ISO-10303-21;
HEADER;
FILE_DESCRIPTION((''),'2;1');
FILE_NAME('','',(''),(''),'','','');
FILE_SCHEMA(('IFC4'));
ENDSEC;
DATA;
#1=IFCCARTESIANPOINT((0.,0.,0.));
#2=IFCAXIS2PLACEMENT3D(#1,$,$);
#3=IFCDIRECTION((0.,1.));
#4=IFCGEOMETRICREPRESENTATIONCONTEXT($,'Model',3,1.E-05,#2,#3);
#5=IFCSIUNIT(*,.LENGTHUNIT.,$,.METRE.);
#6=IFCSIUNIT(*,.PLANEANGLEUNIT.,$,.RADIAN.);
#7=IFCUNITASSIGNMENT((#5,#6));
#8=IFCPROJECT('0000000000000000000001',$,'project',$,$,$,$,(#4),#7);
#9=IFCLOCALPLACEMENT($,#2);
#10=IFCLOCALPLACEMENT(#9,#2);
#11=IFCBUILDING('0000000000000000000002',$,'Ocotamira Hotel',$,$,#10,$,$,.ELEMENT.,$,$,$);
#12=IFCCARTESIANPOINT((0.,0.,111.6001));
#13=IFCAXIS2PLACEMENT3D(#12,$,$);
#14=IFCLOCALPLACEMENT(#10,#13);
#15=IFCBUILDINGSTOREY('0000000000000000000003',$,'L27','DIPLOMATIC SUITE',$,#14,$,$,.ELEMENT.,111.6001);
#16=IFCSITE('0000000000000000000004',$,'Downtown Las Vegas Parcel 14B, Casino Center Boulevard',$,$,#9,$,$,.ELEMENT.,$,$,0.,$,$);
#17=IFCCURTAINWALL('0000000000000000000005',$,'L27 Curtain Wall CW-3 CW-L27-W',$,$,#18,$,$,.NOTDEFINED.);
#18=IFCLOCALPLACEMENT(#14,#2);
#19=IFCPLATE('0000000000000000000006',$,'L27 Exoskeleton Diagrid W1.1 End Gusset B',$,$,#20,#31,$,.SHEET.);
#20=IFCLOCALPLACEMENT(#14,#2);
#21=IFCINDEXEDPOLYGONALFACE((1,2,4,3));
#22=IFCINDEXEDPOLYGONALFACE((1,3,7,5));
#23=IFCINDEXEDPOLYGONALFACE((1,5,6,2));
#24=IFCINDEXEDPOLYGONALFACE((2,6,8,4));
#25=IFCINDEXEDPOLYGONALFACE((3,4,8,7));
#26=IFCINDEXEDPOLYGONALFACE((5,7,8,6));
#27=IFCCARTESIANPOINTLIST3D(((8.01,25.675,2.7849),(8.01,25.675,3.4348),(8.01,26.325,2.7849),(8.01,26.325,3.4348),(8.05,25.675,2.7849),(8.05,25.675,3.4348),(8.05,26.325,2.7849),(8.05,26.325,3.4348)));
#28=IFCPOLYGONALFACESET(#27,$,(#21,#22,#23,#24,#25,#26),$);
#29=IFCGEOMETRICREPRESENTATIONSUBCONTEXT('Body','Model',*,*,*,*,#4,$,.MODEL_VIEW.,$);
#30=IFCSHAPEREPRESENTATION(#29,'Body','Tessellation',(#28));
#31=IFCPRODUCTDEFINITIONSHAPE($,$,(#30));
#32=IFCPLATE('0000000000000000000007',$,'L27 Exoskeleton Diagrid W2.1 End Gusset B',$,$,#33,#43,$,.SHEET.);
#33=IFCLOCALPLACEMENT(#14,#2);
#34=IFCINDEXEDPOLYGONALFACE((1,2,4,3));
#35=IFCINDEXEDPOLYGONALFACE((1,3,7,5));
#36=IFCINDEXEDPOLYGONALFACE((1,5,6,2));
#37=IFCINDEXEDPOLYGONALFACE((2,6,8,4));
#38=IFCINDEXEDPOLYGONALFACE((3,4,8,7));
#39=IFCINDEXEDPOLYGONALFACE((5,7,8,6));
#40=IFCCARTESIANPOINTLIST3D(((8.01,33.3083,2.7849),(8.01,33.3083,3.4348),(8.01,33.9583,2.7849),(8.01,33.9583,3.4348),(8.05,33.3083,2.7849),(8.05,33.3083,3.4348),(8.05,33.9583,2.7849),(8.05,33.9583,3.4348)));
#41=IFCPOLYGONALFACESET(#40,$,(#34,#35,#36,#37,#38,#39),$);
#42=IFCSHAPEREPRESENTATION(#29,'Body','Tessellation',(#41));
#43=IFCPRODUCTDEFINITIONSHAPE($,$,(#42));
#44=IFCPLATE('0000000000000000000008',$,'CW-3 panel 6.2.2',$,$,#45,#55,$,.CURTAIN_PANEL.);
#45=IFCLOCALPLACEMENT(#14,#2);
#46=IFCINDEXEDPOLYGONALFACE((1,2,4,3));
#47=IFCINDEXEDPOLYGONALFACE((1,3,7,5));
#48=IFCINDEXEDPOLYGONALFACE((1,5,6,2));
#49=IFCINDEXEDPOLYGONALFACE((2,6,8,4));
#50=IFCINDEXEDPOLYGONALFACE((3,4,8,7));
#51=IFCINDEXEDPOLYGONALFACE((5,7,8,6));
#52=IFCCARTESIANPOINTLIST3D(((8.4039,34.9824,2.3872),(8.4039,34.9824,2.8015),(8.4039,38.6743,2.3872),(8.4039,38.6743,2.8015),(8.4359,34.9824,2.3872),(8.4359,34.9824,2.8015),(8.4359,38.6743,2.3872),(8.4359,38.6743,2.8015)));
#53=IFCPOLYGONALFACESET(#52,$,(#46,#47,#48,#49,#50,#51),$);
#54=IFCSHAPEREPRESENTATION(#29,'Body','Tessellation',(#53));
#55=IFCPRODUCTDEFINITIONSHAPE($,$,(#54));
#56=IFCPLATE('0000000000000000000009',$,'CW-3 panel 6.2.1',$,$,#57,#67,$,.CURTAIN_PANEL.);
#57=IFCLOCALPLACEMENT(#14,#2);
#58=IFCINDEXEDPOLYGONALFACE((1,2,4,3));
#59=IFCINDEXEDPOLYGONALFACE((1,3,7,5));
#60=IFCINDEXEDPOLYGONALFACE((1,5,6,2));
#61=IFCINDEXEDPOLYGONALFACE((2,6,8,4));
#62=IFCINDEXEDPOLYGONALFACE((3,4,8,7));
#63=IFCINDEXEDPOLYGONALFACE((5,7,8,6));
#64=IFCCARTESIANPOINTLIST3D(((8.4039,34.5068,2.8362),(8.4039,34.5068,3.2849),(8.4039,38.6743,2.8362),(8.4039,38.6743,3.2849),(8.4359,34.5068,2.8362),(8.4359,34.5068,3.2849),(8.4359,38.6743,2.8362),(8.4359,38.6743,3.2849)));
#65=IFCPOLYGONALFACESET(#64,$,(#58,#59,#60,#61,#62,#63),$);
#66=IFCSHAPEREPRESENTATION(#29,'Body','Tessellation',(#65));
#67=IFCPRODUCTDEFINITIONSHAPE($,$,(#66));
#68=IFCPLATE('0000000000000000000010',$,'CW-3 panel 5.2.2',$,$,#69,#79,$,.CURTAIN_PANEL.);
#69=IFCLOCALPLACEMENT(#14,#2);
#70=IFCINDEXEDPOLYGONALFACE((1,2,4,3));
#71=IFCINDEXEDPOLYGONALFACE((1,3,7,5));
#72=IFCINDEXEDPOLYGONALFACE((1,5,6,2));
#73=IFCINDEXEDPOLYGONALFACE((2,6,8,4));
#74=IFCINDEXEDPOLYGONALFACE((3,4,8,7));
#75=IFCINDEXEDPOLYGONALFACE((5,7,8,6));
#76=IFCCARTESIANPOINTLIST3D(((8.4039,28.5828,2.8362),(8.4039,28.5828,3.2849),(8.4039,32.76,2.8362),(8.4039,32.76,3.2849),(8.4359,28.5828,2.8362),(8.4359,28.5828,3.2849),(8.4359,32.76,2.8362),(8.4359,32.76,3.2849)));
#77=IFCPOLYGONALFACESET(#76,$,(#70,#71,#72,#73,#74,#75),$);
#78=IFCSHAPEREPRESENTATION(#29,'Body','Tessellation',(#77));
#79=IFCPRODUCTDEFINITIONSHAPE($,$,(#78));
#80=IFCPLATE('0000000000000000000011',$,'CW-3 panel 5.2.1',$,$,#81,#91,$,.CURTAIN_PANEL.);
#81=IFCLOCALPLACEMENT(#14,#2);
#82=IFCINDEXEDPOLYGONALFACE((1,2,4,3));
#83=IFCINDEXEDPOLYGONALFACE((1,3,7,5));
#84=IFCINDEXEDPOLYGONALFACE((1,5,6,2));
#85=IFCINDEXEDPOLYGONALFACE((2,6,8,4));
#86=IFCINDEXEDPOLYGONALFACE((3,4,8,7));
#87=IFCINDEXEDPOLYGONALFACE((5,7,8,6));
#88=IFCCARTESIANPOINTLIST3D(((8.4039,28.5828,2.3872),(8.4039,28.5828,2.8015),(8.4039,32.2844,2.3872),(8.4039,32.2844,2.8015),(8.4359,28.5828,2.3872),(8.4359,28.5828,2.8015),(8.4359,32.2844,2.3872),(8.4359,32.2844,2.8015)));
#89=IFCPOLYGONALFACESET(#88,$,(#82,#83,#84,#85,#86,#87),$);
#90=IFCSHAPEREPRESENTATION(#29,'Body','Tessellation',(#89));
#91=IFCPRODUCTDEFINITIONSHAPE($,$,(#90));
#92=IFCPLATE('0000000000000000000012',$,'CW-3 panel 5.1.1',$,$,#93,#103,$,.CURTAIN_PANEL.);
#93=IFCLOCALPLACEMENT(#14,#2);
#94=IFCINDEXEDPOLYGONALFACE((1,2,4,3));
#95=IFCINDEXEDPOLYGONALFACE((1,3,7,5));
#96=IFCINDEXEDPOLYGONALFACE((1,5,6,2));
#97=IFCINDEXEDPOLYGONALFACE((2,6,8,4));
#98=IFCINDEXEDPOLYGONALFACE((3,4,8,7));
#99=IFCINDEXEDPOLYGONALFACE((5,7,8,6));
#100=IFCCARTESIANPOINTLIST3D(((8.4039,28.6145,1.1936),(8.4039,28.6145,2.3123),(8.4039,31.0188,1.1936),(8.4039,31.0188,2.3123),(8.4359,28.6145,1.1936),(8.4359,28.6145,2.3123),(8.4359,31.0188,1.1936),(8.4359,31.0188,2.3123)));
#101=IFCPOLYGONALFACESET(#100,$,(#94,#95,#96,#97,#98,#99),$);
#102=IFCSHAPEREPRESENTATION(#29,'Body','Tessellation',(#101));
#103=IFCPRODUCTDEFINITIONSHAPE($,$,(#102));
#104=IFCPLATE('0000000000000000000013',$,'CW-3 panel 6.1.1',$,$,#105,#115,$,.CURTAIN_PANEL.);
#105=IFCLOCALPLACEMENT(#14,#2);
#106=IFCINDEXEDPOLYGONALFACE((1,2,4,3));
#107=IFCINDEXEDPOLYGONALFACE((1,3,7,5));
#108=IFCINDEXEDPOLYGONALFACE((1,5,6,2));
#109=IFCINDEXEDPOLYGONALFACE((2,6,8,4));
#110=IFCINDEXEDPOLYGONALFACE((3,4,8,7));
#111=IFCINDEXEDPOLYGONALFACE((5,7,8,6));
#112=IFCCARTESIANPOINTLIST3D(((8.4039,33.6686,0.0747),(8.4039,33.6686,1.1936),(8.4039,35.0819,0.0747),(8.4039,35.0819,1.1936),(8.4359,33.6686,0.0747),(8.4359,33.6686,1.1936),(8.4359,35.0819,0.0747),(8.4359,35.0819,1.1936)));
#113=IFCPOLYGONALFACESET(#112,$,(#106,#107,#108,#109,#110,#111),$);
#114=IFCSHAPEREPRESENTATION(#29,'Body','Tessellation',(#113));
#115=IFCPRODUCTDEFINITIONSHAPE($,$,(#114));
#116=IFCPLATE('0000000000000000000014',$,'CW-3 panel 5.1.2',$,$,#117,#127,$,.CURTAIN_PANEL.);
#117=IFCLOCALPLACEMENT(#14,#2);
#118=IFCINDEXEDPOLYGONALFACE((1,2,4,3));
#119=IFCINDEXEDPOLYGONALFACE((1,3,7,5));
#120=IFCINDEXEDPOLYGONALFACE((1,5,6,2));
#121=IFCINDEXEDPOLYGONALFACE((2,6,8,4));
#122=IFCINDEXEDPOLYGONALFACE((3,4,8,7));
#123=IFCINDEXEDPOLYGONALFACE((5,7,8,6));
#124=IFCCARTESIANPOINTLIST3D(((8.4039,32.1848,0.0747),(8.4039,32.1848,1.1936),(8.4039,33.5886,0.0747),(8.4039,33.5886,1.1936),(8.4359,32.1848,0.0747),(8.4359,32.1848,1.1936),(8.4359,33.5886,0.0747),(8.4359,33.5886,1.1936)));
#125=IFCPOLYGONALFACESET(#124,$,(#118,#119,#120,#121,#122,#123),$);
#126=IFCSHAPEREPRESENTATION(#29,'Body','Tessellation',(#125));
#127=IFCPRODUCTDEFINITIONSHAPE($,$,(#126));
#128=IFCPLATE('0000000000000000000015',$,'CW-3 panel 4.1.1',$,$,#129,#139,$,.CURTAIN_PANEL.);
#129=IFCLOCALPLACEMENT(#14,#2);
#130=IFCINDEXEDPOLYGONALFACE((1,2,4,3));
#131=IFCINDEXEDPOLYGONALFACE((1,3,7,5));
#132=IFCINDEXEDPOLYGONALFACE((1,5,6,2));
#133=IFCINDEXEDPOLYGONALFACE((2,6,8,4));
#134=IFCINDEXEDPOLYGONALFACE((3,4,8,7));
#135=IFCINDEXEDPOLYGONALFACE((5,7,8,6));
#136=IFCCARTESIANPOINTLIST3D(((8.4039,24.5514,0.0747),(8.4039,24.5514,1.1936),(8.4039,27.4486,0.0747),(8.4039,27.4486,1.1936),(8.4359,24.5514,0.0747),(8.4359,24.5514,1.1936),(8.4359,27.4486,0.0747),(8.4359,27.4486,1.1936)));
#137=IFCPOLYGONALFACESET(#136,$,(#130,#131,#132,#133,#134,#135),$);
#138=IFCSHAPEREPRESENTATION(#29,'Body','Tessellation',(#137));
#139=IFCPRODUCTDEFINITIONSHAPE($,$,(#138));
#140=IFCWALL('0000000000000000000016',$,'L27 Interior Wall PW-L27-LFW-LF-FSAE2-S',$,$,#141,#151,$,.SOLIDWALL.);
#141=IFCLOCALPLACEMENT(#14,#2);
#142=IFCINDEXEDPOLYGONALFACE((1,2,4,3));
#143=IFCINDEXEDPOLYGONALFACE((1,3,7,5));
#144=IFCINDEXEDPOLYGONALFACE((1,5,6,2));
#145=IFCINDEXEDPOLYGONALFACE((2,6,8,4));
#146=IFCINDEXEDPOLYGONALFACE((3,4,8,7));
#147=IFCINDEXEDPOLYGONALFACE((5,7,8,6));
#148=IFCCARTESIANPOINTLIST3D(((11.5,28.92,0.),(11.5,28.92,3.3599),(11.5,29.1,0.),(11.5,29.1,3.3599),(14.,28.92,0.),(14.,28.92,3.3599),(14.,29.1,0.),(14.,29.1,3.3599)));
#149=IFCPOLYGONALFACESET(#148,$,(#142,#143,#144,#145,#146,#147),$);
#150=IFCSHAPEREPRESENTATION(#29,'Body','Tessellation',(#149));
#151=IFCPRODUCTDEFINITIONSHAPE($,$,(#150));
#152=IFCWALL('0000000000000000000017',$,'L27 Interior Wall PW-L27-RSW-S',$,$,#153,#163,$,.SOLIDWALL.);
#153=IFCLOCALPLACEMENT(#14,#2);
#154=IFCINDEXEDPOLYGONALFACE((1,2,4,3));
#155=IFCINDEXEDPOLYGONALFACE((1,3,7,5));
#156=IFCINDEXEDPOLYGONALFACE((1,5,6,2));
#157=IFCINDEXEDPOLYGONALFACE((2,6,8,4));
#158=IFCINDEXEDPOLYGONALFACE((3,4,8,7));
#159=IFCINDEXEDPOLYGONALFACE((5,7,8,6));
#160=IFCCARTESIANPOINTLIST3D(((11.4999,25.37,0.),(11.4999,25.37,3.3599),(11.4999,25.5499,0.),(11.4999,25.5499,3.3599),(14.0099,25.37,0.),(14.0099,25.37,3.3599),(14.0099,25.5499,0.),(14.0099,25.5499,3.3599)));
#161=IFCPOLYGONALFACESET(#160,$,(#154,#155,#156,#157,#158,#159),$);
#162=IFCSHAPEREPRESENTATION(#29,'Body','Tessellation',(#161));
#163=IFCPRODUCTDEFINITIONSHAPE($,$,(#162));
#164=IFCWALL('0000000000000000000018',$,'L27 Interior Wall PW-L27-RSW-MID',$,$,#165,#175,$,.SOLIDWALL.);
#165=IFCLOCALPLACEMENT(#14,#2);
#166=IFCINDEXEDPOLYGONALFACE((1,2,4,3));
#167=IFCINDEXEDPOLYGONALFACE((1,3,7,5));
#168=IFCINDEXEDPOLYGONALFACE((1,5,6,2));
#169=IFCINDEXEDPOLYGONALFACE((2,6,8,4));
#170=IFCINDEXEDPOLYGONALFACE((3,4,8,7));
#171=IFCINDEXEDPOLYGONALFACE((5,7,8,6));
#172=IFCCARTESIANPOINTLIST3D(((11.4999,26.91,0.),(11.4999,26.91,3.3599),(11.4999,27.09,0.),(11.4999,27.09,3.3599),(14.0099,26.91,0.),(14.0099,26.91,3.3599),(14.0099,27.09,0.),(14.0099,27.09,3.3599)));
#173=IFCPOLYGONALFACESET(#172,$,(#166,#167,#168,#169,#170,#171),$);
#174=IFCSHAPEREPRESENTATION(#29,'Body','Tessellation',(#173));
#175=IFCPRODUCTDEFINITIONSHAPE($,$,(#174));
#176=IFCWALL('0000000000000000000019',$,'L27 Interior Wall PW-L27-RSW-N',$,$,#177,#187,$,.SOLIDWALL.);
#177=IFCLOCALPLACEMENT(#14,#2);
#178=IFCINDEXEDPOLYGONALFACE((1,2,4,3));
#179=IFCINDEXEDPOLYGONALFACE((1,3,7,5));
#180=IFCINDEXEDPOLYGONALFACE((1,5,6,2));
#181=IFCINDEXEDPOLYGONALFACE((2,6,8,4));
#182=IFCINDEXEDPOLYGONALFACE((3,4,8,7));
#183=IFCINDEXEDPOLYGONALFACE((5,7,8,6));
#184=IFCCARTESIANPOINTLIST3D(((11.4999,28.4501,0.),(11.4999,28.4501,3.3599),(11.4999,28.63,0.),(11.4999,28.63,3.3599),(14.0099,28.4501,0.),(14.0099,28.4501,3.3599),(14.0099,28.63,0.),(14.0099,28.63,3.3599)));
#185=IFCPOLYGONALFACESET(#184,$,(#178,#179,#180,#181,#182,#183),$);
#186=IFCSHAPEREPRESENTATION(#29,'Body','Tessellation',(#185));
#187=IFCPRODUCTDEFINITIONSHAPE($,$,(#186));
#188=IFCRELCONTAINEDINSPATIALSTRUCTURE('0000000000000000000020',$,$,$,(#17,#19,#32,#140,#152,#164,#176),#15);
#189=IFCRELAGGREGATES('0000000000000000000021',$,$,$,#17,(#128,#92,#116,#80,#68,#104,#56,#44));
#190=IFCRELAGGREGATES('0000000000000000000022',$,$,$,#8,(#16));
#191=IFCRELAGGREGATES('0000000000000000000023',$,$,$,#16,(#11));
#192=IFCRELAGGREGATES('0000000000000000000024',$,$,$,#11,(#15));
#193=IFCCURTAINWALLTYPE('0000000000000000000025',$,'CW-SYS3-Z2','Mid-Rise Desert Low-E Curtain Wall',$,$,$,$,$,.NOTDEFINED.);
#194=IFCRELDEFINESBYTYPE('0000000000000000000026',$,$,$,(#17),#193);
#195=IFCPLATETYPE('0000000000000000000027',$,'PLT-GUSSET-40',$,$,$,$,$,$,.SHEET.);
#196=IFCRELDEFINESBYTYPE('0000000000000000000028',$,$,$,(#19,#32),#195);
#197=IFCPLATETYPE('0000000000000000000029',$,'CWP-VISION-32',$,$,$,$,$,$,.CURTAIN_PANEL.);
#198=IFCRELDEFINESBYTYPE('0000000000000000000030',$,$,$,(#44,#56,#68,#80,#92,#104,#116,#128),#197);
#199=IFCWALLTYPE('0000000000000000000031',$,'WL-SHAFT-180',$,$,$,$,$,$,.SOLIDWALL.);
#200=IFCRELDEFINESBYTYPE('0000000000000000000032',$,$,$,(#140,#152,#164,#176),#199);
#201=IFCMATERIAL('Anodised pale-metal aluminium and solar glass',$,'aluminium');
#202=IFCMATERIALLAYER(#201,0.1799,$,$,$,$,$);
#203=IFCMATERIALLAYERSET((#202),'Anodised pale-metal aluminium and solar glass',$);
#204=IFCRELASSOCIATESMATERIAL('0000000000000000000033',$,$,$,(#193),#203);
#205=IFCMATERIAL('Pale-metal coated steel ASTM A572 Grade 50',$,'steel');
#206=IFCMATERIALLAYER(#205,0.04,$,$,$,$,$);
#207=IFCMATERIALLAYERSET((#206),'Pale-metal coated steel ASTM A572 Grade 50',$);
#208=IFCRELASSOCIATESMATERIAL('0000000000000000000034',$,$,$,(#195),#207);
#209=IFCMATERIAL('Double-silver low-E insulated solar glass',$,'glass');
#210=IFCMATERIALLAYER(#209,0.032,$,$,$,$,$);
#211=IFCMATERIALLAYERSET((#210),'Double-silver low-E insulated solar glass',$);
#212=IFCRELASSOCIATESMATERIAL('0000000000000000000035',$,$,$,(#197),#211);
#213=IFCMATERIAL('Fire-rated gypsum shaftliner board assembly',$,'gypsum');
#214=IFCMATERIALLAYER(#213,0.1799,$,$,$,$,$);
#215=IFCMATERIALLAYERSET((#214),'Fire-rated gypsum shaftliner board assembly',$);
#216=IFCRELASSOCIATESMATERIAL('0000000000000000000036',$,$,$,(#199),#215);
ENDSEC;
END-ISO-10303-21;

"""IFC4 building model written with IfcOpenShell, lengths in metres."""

from ifc_helpers import new_model, si_unit, direction, frame, frame_2d, origin, origin_2d, place, context, subcontext, project, spatial, rectangle, extrude, source, transform, mapped, material, layer, layer_set, type_object, element, aggregate, save


model = new_model("IFC4")

# Units and contexts
model_context = context("Model", 3, precision=1e-05, world=origin(), true_north=direction((0.0, 1.0)))
body_context = subcontext(model_context, "Body", "Model", "MODEL_VIEW")
ifc_project = project(units=[si_unit("LENGTHUNIT", "METRE"), si_unit("PLANEANGLEUNIT", "RADIAN")], contexts=[model_context])

# Site, building, storey
site_placement = place(None, origin())
site = spatial("IfcSite", under=ifc_project, at=site_placement, Name="Downtown Las Vegas Parcel 14B, Casino Center Boulevard", CompositionType="ELEMENT", RefElevation=0.0)
building_placement = place(site_placement, origin())
building = spatial("IfcBuilding", under=site, at=building_placement, Name="Ocotamira Hotel", CompositionType="ELEMENT")
storey_placement = place(building_placement, frame((0.0, 0.0, 111.6001)))
storey = spatial("IfcBuildingStorey", under=building, at=storey_placement, Name="L27", Description="DIPLOMATIC SUITE", CompositionType="ELEMENT", Elevation=111.6001)

# Curtain wall
ifc_material_1 = material(Name="Anodised pale-metal aluminium and solar glass", Category="aluminium")
ifc_layer_1 = layer(ifc_material_1, 0.1799)
ifc_layer_set_1 = layer_set([ifc_layer_1], Name="Anodised pale-metal aluminium and solar glass")
curtain_wall_type = type_object("IfcCurtainWallType", Name="CW-SYS3-Z2", Description="Mid-Rise Desert Low-E Curtain Wall", PredefinedType="NOTDEFINED", material=ifc_layer_set_1)
curtain_wall_placement = place(storey_placement, origin())
curtain_wall = element("IfcCurtainWall", 1, at=curtain_wall_placement, inside=storey, type_object=curtain_wall_type, Name="L27 Curtain Wall CW-3 CW-L27-W", PredefinedType="NOTDEFINED")

# Plates
ifc_material_2 = material(Name="Pale-metal coated steel ASTM A572 Grade 50", Category="steel")
ifc_layer_2 = layer(ifc_material_2, 0.04)
ifc_layer_set_2 = layer_set([ifc_layer_2], Name="Pale-metal coated steel ASTM A572 Grade 50")
plate_type_1 = type_object("IfcPlateType", Name="PLT-GUSSET-40", PredefinedType="SHEET", material=ifc_layer_set_2)
shared_shape_1 = source(origin(), body_context, "Body", "SweptSolid", [
    extrude(rectangle(XDim=0.04, YDim=0.6499, at=origin_2d()), origin(), (0.0, 0.0, 1.0), 0.6499),
])
for number, where, z_axis, x_axis, name in (
    (2, (8.03, 26.0, 2.7849), (0.0, 0.0, 1.0), (1.0, 0.0, 0.0), "L27 Exoskeleton Diagrid W1.1 End Gusset B"),
    (3, (8.03, 33.6333, 2.7849), (0.0, 0.0, 1.0), (1.0, 0.0, 0.0), "L27 Exoskeleton Diagrid W2.1 End Gusset B"),
):
    element("IfcPlate", number, at=place(storey_placement, frame(where, z_axis=z_axis, x_axis=x_axis)), inside=storey, type_object=plate_type_1, Name=name, PredefinedType="SHEET", context=body_context, shape_type="MappedRepresentation", body=[
        mapped(shared_shape_1, transform((0.0, 0.0, 0.0), scale=1.0)),
    ])

# Plates
ifc_material_3 = material(Name="Double-silver low-E insulated solar glass", Category="glass")
ifc_layer_3 = layer(ifc_material_3, 0.032)
ifc_layer_set_3 = layer_set([ifc_layer_3], Name="Double-silver low-E insulated solar glass")
plate_type_2 = type_object("IfcPlateType", Name="CWP-VISION-32", PredefinedType="CURTAIN_PANEL", material=ifc_layer_set_3)
shared_shape_2 = source(origin(), body_context, "Body", "SweptSolid", [
    extrude(rectangle(XDim=3.6919, YDim=0.032, at=origin_2d()), origin(), (0.0, 0.0, 1.0), 0.4143),
])
plate_1_placement = place(storey_placement, frame((8.4199, 36.8284, 2.3872), z_axis=(0.0, 0.0, 1.0), x_axis=(0.0, 1.0, 0.0)))
plate_1 = element("IfcPlate", 4, at=plate_1_placement, type_object=plate_type_2, Name="CW-3 panel 6.2.2", PredefinedType="CURTAIN_PANEL", context=body_context, shape_type="MappedRepresentation", body=[
    mapped(shared_shape_2, transform((0.0, 0.0, 0.0), scale=1.0)),
])
shared_shape_3 = source(origin(), body_context, "Body", "SweptSolid", [
    extrude(rectangle(XDim=4.1675, YDim=0.032, at=origin_2d()), origin(), (0.0, 0.0, 1.0), 0.4487),
])
plate_2_placement = place(storey_placement, frame((8.4199, 36.5906, 2.8362), z_axis=(0.0, 0.0, 1.0), x_axis=(0.0, 1.0, 0.0)))
plate_2 = element("IfcPlate", 5, at=plate_2_placement, type_object=plate_type_2, Name="CW-3 panel 6.2.1", PredefinedType="CURTAIN_PANEL", context=body_context, shape_type="MappedRepresentation", body=[
    mapped(shared_shape_3, transform((0.0, 0.0, 0.0), scale=1.0)),
])
shared_shape_4 = source(origin(), body_context, "Body", "SweptSolid", [
    extrude(rectangle(XDim=4.1772, YDim=0.032, at=origin_2d()), origin(), (0.0, 0.0, 1.0), 0.4487),
])
plate_3_placement = place(storey_placement, frame((8.4199, 30.6714, 2.8362), z_axis=(0.0, 0.0, 1.0), x_axis=(0.0, 1.0, 0.0)))
plate_3 = element("IfcPlate", 6, at=plate_3_placement, type_object=plate_type_2, Name="CW-3 panel 5.2.2", PredefinedType="CURTAIN_PANEL", context=body_context, shape_type="MappedRepresentation", body=[
    mapped(shared_shape_4, transform((0.0, 0.0, 0.0), scale=1.0)),
])
shared_shape_5 = source(origin(), body_context, "Body", "SweptSolid", [
    extrude(rectangle(XDim=3.7017, YDim=0.032, at=origin_2d()), origin(), (0.0, 0.0, 1.0), 0.4143),
])
plate_4_placement = place(storey_placement, frame((8.4199, 30.4336, 2.3872), z_axis=(0.0, 0.0, 1.0), x_axis=(0.0, 1.0, 0.0)))
plate_4 = element("IfcPlate", 7, at=plate_4_placement, type_object=plate_type_2, Name="CW-3 panel 5.2.1", PredefinedType="CURTAIN_PANEL", context=body_context, shape_type="MappedRepresentation", body=[
    mapped(shared_shape_5, transform((0.0, 0.0, 0.0), scale=1.0)),
])
shared_shape_6 = source(origin(), body_context, "Body", "SweptSolid", [
    extrude(rectangle(XDim=2.4043, YDim=0.032, at=origin_2d()), origin(), (0.0, 0.0, 1.0), 1.1187),
])
plate_5_placement = place(storey_placement, frame((8.4199, 29.8167, 1.1936), z_axis=(0.0, 0.0, 1.0), x_axis=(0.0, 1.0, 0.0)))
plate_5 = element("IfcPlate", 8, at=plate_5_placement, type_object=plate_type_2, Name="CW-3 panel 5.1.1", PredefinedType="CURTAIN_PANEL", context=body_context, shape_type="MappedRepresentation", body=[
    mapped(shared_shape_6, transform((0.0, 0.0, 0.0), scale=1.0)),
])
shared_shape_7 = source(origin(), body_context, "Body", "SweptSolid", [
    extrude(rectangle(XDim=1.4133, YDim=0.032, at=origin_2d()), origin(), (0.0, 0.0, 1.0), 1.1189),
])
plate_6_placement = place(storey_placement, frame((8.4199, 34.3752, 0.0747), z_axis=(0.0, 0.0, 1.0), x_axis=(0.0, 1.0, 0.0)))
plate_6 = element("IfcPlate", 9, at=plate_6_placement, type_object=plate_type_2, Name="CW-3 panel 6.1.1", PredefinedType="CURTAIN_PANEL", context=body_context, shape_type="MappedRepresentation", body=[
    mapped(shared_shape_7, transform((0.0, 0.0, 0.0), scale=1.0)),
])
shared_shape_8 = source(origin(), body_context, "Body", "SweptSolid", [
    extrude(rectangle(XDim=1.4038, YDim=0.032, at=origin_2d()), origin(), (0.0, 0.0, 1.0), 1.1189),
])
plate_7_placement = place(storey_placement, frame((8.4199, 32.8867, 0.0747), z_axis=(0.0, 0.0, 1.0), x_axis=(0.0, 1.0, 0.0)))
plate_7 = element("IfcPlate", 10, at=plate_7_placement, type_object=plate_type_2, Name="CW-3 panel 5.1.2", PredefinedType="CURTAIN_PANEL", context=body_context, shape_type="MappedRepresentation", body=[
    mapped(shared_shape_8, transform((0.0, 0.0, 0.0), scale=1.0)),
])
shared_shape_9 = source(origin(), body_context, "Body", "SweptSolid", [
    extrude(rectangle(XDim=2.8972, YDim=0.032, at=origin_2d()), origin(), (0.0, 0.0, 1.0), 1.1189),
])
plate_8_placement = place(storey_placement, frame((8.4199, 26.0, 0.0747), z_axis=(0.0, 0.0, 1.0), x_axis=(0.0, 1.0, 0.0)))
plate_8 = element("IfcPlate", 11, at=plate_8_placement, type_object=plate_type_2, Name="CW-3 panel 4.1.1", PredefinedType="CURTAIN_PANEL", context=body_context, shape_type="MappedRepresentation", body=[
    mapped(shared_shape_9, transform((0.0, 0.0, 0.0), scale=1.0)),
])
aggregate(curtain_wall, [plate_8, plate_5, plate_7, plate_4, plate_3, plate_6, plate_2, plate_1])

# Walls
ifc_material_4 = material(Name="Fire-rated gypsum shaftliner board assembly", Category="gypsum")
ifc_layer_4 = layer(ifc_material_4, 0.1799)
ifc_layer_set_4 = layer_set([ifc_layer_4], Name="Fire-rated gypsum shaftliner board assembly")
wall_type_1 = type_object("IfcWallType", Name="WL-SHAFT-180", PredefinedType="SOLIDWALL", material=ifc_layer_set_4)
wall_1_placement = place(storey_placement, frame((11.5, 29.01, 0.0), z_axis=(0.0, 0.0, 1.0), x_axis=(1.0, 0.0, 0.0)))
element("IfcWall", 12, at=wall_1_placement, inside=storey, type_object=wall_type_1, Name="L27 Interior Wall PW-L27-LFW-LF-FSAE2-S", PredefinedType="SOLIDWALL", context=body_context, shape_type="SweptSolid", body=[
    extrude(rectangle(XDim=2.5, YDim=0.1799, at=frame_2d((1.25, 0.0))), origin(), (0.0, 0.0, 1.0), 3.3599),
])
for number, where, z_axis, x_axis, name in (
    (13, (11.5, 25.46, 0.0), (0.0, 0.0, 1.0), (1.0, 0.0, 0.0), "L27 Interior Wall PW-L27-RSW-S"),
    (14, (11.5, 27.0, 0.0), (0.0, 0.0, 1.0), (1.0, 0.0, 0.0), "L27 Interior Wall PW-L27-RSW-MID"),
    (15, (11.5, 28.54, 0.0), (0.0, 0.0, 1.0), (1.0, 0.0, 0.0), "L27 Interior Wall PW-L27-RSW-N"),
):
    element("IfcWall", number, at=place(storey_placement, frame(where, z_axis=z_axis, x_axis=x_axis)), inside=storey, type_object=wall_type_1, Name=name, PredefinedType="SOLIDWALL", context=body_context, shape_type="SweptSolid", body=[
        extrude(rectangle(XDim=2.51, YDim=0.1799, at=frame_2d((1.2549, 0.0))), origin(), (0.0, 0.0, 1.0), 3.3599),
    ])

save(model, "model.ifc")
